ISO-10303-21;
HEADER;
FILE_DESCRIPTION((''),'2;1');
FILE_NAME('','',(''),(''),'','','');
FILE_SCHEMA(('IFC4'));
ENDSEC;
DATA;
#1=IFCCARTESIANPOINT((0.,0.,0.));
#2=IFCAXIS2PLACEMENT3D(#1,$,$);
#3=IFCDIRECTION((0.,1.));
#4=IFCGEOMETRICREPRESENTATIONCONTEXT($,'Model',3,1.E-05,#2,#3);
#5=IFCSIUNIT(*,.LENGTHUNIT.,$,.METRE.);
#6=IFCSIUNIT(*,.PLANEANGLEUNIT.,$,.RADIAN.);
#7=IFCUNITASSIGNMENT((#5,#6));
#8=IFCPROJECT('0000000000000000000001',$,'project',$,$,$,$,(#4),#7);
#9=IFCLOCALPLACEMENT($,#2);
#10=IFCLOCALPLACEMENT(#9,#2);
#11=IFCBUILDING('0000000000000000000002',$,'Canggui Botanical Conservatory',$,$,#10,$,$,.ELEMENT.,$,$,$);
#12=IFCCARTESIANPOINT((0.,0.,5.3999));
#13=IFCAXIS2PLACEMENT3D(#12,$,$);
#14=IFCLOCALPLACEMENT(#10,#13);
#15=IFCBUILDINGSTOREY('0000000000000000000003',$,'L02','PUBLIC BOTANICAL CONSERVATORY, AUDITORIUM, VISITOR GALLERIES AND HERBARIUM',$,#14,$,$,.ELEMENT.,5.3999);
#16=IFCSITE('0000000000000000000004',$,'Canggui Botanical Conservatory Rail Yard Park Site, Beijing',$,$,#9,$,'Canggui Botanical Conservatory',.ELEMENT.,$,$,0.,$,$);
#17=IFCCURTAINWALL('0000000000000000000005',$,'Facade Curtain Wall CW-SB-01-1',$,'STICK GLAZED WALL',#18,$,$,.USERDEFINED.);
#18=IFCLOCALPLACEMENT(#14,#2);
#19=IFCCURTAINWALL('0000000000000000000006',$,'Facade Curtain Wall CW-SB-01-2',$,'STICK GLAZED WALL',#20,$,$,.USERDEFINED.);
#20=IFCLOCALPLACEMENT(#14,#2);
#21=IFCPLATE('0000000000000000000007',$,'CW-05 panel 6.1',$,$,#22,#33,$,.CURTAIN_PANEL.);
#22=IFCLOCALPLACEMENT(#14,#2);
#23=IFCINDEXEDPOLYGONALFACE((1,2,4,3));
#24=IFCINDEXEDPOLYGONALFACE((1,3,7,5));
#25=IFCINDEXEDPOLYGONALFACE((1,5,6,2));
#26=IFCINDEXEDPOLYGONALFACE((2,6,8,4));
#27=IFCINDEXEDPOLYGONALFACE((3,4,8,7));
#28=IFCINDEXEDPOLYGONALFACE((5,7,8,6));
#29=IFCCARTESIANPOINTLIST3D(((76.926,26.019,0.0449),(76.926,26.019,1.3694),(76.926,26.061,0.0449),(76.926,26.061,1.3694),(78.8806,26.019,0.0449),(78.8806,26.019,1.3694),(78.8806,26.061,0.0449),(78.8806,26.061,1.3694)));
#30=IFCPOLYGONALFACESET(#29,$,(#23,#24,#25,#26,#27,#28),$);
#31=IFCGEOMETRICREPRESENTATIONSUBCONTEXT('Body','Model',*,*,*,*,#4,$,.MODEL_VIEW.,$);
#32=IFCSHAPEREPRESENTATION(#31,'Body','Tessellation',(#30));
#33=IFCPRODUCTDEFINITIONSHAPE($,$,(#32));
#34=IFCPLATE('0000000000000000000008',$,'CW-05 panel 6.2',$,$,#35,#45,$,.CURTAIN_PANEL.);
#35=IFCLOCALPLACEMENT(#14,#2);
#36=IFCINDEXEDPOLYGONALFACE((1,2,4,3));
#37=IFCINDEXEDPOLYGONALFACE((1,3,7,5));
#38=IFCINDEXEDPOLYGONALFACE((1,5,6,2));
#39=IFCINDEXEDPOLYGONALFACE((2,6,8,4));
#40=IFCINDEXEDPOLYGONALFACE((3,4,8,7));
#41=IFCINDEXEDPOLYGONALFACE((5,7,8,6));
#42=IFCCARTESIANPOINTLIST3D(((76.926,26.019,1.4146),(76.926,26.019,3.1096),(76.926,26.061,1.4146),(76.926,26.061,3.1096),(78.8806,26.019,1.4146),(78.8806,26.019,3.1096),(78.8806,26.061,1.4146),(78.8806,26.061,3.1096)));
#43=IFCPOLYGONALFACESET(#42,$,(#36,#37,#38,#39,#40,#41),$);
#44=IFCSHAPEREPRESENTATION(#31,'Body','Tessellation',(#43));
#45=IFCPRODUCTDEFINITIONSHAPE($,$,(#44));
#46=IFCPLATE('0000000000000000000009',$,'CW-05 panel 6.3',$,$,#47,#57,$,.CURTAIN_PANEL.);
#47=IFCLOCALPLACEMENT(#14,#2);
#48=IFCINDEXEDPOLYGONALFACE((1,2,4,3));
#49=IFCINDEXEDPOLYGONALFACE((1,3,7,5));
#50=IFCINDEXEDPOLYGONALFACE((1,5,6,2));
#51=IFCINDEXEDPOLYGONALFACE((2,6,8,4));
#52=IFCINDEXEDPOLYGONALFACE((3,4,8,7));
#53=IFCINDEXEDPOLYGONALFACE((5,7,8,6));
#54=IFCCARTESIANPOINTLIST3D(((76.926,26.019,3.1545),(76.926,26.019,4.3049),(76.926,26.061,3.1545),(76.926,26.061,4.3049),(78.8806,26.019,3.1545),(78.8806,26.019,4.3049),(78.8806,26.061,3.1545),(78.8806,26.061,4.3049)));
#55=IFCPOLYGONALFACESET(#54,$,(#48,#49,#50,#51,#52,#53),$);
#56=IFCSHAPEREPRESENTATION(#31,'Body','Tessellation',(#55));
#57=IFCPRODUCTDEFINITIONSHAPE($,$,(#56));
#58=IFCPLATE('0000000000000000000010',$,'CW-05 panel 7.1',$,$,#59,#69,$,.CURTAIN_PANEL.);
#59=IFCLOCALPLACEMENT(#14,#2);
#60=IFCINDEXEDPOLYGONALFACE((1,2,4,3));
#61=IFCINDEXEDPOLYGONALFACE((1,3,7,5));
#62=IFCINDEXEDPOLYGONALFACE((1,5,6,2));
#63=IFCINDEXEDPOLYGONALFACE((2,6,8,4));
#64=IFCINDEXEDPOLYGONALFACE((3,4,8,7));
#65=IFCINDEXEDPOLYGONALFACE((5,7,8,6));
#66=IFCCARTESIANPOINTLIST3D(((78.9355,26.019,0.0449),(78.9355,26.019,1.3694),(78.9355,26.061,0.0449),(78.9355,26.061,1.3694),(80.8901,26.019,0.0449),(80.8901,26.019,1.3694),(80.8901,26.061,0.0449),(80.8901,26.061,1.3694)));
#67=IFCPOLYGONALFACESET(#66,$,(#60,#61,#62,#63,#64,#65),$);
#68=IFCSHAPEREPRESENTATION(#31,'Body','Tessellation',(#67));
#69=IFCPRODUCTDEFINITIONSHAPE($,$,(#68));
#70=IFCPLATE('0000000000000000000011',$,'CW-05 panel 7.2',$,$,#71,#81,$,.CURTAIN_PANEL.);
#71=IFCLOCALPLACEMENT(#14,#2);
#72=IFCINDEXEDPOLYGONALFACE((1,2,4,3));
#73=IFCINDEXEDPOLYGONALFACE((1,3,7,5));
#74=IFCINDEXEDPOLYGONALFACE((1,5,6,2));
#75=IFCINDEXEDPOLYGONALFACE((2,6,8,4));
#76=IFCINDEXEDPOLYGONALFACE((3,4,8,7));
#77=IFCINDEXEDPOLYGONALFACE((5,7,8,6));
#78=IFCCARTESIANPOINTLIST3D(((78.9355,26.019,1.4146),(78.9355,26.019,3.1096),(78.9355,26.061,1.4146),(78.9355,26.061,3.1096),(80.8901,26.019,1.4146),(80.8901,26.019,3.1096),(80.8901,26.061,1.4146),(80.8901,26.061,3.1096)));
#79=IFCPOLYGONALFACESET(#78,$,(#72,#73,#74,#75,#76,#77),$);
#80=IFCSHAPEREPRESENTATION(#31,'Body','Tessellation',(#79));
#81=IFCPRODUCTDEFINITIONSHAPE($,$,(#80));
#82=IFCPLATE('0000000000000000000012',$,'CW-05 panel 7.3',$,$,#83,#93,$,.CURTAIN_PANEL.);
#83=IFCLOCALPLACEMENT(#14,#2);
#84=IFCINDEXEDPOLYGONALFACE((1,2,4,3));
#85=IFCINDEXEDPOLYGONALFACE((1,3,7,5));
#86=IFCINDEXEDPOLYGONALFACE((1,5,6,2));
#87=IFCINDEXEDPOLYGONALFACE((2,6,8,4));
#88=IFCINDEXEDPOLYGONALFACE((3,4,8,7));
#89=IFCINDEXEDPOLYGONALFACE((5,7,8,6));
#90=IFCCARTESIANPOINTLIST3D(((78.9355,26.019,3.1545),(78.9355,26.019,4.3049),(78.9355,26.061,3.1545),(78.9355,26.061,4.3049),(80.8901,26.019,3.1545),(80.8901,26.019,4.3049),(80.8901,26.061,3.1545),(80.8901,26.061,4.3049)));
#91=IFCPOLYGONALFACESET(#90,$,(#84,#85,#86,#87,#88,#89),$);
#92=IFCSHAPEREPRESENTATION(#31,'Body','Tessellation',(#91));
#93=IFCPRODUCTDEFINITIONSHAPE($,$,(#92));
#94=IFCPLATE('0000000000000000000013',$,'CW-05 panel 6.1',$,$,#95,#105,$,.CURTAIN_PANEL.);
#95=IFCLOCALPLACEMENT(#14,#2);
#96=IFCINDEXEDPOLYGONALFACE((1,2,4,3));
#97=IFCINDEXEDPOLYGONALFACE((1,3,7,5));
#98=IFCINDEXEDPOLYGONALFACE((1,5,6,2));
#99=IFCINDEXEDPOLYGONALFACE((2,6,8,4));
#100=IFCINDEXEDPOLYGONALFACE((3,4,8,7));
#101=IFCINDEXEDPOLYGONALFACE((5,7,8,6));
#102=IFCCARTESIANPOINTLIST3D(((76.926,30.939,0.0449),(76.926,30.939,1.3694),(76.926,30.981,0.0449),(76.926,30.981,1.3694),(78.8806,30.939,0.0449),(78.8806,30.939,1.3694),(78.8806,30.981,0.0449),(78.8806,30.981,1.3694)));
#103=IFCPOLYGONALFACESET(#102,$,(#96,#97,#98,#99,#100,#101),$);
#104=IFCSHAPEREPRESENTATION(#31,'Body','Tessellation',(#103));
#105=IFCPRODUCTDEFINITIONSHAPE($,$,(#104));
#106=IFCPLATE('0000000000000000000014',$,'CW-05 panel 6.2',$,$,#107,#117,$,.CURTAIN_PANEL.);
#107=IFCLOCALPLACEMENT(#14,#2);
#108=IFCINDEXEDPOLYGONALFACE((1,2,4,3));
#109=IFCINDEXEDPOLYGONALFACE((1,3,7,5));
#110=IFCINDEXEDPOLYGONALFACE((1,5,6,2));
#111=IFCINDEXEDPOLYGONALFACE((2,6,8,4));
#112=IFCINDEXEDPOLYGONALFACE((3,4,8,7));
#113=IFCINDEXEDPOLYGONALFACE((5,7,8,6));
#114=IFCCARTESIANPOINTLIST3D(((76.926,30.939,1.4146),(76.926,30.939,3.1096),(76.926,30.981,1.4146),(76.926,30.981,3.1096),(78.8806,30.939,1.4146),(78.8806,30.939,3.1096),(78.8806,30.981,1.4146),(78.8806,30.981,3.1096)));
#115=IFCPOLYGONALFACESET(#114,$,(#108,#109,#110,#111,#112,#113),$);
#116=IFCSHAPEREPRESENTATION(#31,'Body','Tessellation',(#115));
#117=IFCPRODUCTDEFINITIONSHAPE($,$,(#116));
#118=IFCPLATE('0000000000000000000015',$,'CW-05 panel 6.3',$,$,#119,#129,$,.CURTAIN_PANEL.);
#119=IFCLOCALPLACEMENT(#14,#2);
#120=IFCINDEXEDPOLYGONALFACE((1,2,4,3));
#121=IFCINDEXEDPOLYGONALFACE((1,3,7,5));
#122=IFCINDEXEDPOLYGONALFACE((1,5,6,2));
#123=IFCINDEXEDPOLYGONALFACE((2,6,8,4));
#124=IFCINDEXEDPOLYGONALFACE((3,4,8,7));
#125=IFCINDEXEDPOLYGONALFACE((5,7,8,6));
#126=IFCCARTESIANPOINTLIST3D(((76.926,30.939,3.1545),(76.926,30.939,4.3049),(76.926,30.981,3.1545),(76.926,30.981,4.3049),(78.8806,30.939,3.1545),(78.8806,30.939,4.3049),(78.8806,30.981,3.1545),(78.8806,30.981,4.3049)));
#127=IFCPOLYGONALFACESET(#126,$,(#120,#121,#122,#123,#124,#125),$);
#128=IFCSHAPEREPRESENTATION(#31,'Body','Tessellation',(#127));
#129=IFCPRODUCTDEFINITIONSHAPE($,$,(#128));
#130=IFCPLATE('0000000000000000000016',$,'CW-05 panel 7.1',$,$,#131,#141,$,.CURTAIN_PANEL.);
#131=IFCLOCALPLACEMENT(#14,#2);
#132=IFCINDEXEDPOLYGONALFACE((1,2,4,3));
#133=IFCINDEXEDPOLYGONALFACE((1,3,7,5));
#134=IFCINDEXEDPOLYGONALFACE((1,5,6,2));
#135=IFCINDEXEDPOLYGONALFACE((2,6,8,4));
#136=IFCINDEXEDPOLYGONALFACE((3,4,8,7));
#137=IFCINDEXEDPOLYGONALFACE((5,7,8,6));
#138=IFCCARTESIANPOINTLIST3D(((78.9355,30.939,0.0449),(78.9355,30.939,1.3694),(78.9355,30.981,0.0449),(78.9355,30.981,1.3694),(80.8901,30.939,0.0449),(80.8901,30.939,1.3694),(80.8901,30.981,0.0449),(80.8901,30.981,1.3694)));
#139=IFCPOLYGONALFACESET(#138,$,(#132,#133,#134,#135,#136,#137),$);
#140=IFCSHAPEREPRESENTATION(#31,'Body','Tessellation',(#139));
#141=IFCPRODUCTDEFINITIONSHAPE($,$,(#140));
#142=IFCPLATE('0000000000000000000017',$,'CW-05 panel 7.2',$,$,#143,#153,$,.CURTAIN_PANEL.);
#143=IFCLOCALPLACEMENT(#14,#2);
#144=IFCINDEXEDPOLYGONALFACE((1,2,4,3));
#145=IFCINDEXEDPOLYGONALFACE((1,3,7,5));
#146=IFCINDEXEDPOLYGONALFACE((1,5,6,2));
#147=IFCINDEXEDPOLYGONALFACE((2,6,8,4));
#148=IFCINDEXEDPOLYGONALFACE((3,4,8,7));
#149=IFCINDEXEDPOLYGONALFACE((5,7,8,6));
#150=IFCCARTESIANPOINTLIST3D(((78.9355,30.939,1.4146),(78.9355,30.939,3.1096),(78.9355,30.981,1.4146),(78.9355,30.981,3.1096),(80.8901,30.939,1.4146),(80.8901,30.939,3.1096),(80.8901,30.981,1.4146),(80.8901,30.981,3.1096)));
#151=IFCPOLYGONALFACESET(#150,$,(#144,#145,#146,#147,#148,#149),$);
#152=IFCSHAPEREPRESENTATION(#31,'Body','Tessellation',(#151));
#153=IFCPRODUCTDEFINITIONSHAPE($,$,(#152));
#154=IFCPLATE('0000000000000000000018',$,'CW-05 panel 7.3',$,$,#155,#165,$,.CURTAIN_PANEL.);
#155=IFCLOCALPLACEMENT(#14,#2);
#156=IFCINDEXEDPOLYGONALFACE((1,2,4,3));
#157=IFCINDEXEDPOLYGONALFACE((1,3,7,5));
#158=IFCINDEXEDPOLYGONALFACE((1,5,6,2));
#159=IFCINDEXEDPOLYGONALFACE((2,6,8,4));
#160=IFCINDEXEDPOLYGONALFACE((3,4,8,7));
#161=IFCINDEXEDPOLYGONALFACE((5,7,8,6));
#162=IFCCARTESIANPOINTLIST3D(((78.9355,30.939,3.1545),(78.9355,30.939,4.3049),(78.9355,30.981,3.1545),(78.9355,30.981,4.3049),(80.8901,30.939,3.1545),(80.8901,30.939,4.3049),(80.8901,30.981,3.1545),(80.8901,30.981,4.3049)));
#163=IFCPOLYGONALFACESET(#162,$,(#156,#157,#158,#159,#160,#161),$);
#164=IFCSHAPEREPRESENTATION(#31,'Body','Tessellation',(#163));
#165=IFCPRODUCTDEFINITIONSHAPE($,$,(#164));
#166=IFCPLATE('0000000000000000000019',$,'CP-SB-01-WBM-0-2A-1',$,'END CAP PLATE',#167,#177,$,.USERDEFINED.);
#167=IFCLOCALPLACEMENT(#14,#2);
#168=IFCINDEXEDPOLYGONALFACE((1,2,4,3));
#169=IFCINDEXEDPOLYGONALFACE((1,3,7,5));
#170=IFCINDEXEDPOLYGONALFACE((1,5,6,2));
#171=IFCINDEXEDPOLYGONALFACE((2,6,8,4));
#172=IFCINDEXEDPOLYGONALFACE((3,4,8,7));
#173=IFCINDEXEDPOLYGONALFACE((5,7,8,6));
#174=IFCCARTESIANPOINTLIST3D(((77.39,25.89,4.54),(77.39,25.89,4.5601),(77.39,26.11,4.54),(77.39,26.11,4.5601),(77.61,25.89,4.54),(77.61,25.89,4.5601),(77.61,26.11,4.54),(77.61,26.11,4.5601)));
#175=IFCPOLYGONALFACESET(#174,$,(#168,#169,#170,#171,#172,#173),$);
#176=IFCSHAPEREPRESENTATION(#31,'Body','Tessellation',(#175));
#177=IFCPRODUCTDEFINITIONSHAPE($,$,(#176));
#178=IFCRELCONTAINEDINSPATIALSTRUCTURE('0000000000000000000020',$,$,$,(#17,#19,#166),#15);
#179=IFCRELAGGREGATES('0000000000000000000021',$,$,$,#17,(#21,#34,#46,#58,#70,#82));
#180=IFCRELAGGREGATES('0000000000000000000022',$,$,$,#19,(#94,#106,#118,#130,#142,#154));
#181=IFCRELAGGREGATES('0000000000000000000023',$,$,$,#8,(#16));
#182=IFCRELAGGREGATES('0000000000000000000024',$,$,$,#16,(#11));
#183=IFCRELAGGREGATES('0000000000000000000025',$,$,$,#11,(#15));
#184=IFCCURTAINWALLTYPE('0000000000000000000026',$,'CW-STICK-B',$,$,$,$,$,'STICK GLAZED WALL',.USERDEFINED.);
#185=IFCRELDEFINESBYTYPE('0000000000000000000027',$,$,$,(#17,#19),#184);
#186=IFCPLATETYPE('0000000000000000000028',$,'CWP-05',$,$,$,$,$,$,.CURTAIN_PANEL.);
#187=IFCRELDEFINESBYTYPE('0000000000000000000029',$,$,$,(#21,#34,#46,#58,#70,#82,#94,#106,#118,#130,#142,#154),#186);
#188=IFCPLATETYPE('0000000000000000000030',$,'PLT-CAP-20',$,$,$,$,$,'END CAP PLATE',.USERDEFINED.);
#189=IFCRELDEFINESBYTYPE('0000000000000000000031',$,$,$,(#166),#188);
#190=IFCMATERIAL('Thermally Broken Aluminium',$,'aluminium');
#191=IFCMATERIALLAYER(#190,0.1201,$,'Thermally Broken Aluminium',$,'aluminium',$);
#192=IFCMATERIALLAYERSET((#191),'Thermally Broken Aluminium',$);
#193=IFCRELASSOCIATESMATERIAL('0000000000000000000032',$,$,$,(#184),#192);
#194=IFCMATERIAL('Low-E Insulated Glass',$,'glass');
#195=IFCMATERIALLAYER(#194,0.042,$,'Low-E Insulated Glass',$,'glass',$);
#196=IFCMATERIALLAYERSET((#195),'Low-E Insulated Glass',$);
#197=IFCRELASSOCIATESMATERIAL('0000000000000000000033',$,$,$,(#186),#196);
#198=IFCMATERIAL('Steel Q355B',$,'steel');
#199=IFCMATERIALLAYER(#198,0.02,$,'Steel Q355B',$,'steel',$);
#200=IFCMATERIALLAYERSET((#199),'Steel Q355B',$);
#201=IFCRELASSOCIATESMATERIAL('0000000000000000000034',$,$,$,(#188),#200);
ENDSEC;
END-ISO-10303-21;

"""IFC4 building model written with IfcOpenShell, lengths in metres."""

from ifc_helpers import new_model, si_unit, direction, frame, origin, origin_2d, place, context, subcontext, project, spatial, rectangle, extrude, material, layer, layer_set, type_object, element, aggregate, save


model = new_model("IFC4")

# Units and contexts
model_context = context("Model", 3, precision=1e-05, world=origin(), true_north=direction((0.0, 1.0)))
body_context = subcontext(model_context, "Body", "Model", "MODEL_VIEW")
ifc_project = project(units=[si_unit("LENGTHUNIT", "METRE"), si_unit("PLANEANGLEUNIT", "RADIAN")], contexts=[model_context])

# Site, building, storey
site_placement = place(None, origin())
site = spatial("IfcSite", under=ifc_project, at=site_placement, Name="Canggui Botanical Conservatory Rail Yard Park Site, Beijing", LongName="Canggui Botanical Conservatory", CompositionType="ELEMENT", RefElevation=0.0)
building_placement = place(site_placement, origin())
building = spatial("IfcBuilding", under=site, at=building_placement, Name="Canggui Botanical Conservatory", CompositionType="ELEMENT")
storey_placement = place(building_placement, frame((0.0, 0.0, 5.3999)))
storey = spatial("IfcBuildingStorey", under=building, at=storey_placement, Name="L02", Description="PUBLIC BOTANICAL CONSERVATORY, AUDITORIUM, VISITOR GALLERIES AND HERBARIUM", CompositionType="ELEMENT", Elevation=5.3999)

# Curtain walls
ifc_material_1 = material(Name="Thermally Broken Aluminium", Category="aluminium")
ifc_layer_1 = layer(ifc_material_1, 0.1201, Name="Thermally Broken Aluminium", Category="aluminium")
ifc_layer_set_1 = layer_set([ifc_layer_1], Name="Thermally Broken Aluminium")
curtain_wall_type = type_object("IfcCurtainWallType", Name="CW-STICK-B", ElementType="STICK GLAZED WALL", PredefinedType="USERDEFINED", material=ifc_layer_set_1)
curtain_wall_1_placement = place(storey_placement, origin())
curtain_wall_1 = element("IfcCurtainWall", 1, at=curtain_wall_1_placement, inside=storey, type_object=curtain_wall_type, Name="Facade Curtain Wall CW-SB-01-1", ObjectType="STICK GLAZED WALL", PredefinedType="USERDEFINED")
curtain_wall_2_placement = place(storey_placement, origin())
curtain_wall_2 = element("IfcCurtainWall", 2, at=curtain_wall_2_placement, inside=storey, type_object=curtain_wall_type, Name="Facade Curtain Wall CW-SB-01-2", ObjectType="STICK GLAZED WALL", PredefinedType="USERDEFINED")

# Plates
ifc_material_2 = material(Name="Low-E Insulated Glass", Category="glass")
ifc_layer_2 = layer(ifc_material_2, 0.042, Name="Low-E Insulated Glass", Category="glass")
ifc_layer_set_2 = layer_set([ifc_layer_2], Name="Low-E Insulated Glass")
plate_type_1 = type_object("IfcPlateType", Name="CWP-05", PredefinedType="CURTAIN_PANEL", material=ifc_layer_set_2)
plate_1_placement = place(storey_placement, frame((77.9033, 26.04, 0.0449), z_axis=(0.0, 0.0, 1.0), x_axis=(1.0, 0.0, 0.0)))
plate_1 = element("IfcPlate", 3, at=plate_1_placement, type_object=plate_type_1, Name="CW-05 panel 6.1", PredefinedType="CURTAIN_PANEL", context=body_context, shape_type="SweptSolid", body=[
    extrude(rectangle(XDim=1.9546, YDim=0.042, at=origin_2d()), origin(), (0.0, 0.0, 1.0), 1.3245),
])
plate_2_placement = place(storey_placement, frame((77.9033, 26.04, 1.4146), z_axis=(0.0, 0.0, 1.0), x_axis=(1.0, 0.0, 0.0)))
plate_2 = element("IfcPlate", 4, at=plate_2_placement, type_object=plate_type_1, Name="CW-05 panel 6.2", PredefinedType="CURTAIN_PANEL", context=body_context, shape_type="SweptSolid", body=[
    extrude(rectangle(XDim=1.9546, YDim=0.042, at=origin_2d()), origin(), (0.0, 0.0, 1.0), 1.6951),
])
plate_3_placement = place(storey_placement, frame((77.9033, 26.04, 3.1545), z_axis=(0.0, 0.0, 1.0), x_axis=(1.0, 0.0, 0.0)))
plate_3 = element("IfcPlate", 5, at=plate_3_placement, type_object=plate_type_1, Name="CW-05 panel 6.3", PredefinedType="CURTAIN_PANEL", context=body_context, shape_type="SweptSolid", body=[
    extrude(rectangle(XDim=1.9546, YDim=0.042, at=origin_2d()), origin(), (0.0, 0.0, 1.0), 1.1504),
])
plate_4_placement = place(storey_placement, frame((79.9128, 26.04, 0.0449), z_axis=(0.0, 0.0, 1.0), x_axis=(1.0, 0.0, 0.0)))
plate_4 = element("IfcPlate", 6, at=plate_4_placement, type_object=plate_type_1, Name="CW-05 panel 7.1", PredefinedType="CURTAIN_PANEL", context=body_context, shape_type="SweptSolid", body=[
    extrude(rectangle(XDim=1.9546, YDim=0.042, at=origin_2d()), origin(), (0.0, 0.0, 1.0), 1.3245),
])
plate_5_placement = place(storey_placement, frame((79.9128, 26.04, 1.4146), z_axis=(0.0, 0.0, 1.0), x_axis=(1.0, 0.0, 0.0)))
plate_5 = element("IfcPlate", 7, at=plate_5_placement, type_object=plate_type_1, Name="CW-05 panel 7.2", PredefinedType="CURTAIN_PANEL", context=body_context, shape_type="SweptSolid", body=[
    extrude(rectangle(XDim=1.9546, YDim=0.042, at=origin_2d()), origin(), (0.0, 0.0, 1.0), 1.6951),
])
plate_6_placement = place(storey_placement, frame((79.9128, 26.04, 3.1545), z_axis=(0.0, 0.0, 1.0), x_axis=(1.0, 0.0, 0.0)))
plate_6 = element("IfcPlate", 8, at=plate_6_placement, type_object=plate_type_1, Name="CW-05 panel 7.3", PredefinedType="CURTAIN_PANEL", context=body_context, shape_type="SweptSolid", body=[
    extrude(rectangle(XDim=1.9546, YDim=0.042, at=origin_2d()), origin(), (0.0, 0.0, 1.0), 1.1504),
])
aggregate(curtain_wall_1, [plate_1, plate_2, plate_3, plate_4, plate_5, plate_6])
plate_7_placement = place(storey_placement, frame((77.9033, 30.96, 0.0449), z_axis=(0.0, 0.0, 1.0), x_axis=(1.0, 0.0, 0.0)))
plate_7 = element("IfcPlate", 9, at=plate_7_placement, type_object=plate_type_1, Name="CW-05 panel 6.1", PredefinedType="CURTAIN_PANEL", context=body_context, shape_type="SweptSolid", body=[
    extrude(rectangle(XDim=1.9546, YDim=0.042, at=origin_2d()), origin(), (0.0, 0.0, 1.0), 1.3245),
])
plate_8_placement = place(storey_placement, frame((77.9033, 30.96, 1.4146), z_axis=(0.0, 0.0, 1.0), x_axis=(1.0, 0.0, 0.0)))
plate_8 = element("IfcPlate", 10, at=plate_8_placement, type_object=plate_type_1, Name="CW-05 panel 6.2", PredefinedType="CURTAIN_PANEL", context=body_context, shape_type="SweptSolid", body=[
    extrude(rectangle(XDim=1.9546, YDim=0.042, at=origin_2d()), origin(), (0.0, 0.0, 1.0), 1.6951),
])
plate_9_placement = place(storey_placement, frame((77.9033, 30.96, 3.1545), z_axis=(0.0, 0.0, 1.0), x_axis=(1.0, 0.0, 0.0)))
plate_9 = element("IfcPlate", 11, at=plate_9_placement, type_object=plate_type_1, Name="CW-05 panel 6.3", PredefinedType="CURTAIN_PANEL", context=body_context, shape_type="SweptSolid", body=[
    extrude(rectangle(XDim=1.9546, YDim=0.042, at=origin_2d()), origin(), (0.0, 0.0, 1.0), 1.1504),
])
plate_10_placement = place(storey_placement, frame((79.9128, 30.96, 0.0449), z_axis=(0.0, 0.0, 1.0), x_axis=(1.0, 0.0, 0.0)))
plate_10 = element("IfcPlate", 12, at=plate_10_placement, type_object=plate_type_1, Name="CW-05 panel 7.1", PredefinedType="CURTAIN_PANEL", context=body_context, shape_type="SweptSolid", body=[
    extrude(rectangle(XDim=1.9546, YDim=0.042, at=origin_2d()), origin(), (0.0, 0.0, 1.0), 1.3245),
])
plate_11_placement = place(storey_placement, frame((79.9128, 30.96, 1.4146), z_axis=(0.0, 0.0, 1.0), x_axis=(1.0, 0.0, 0.0)))
plate_11 = element("IfcPlate", 13, at=plate_11_placement, type_object=plate_type_1, Name="CW-05 panel 7.2", PredefinedType="CURTAIN_PANEL", context=body_context, shape_type="SweptSolid", body=[
    extrude(rectangle(XDim=1.9546, YDim=0.042, at=origin_2d()), origin(), (0.0, 0.0, 1.0), 1.6951),
])
plate_12_placement = place(storey_placement, frame((79.9128, 30.96, 3.1545), z_axis=(0.0, 0.0, 1.0), x_axis=(1.0, 0.0, 0.0)))
plate_12 = element("IfcPlate", 14, at=plate_12_placement, type_object=plate_type_1, Name="CW-05 panel 7.3", PredefinedType="CURTAIN_PANEL", context=body_context, shape_type="SweptSolid", body=[
    extrude(rectangle(XDim=1.9546, YDim=0.042, at=origin_2d()), origin(), (0.0, 0.0, 1.0), 1.1504),
])
aggregate(curtain_wall_2, [plate_7, plate_8, plate_9, plate_10, plate_11, plate_12])
ifc_material_3 = material(Name="Steel Q355B", Category="steel")
ifc_layer_3 = layer(ifc_material_3, 0.02, Name="Steel Q355B", Category="steel")
ifc_layer_set_3 = layer_set([ifc_layer_3], Name="Steel Q355B")
plate_type_2 = type_object("IfcPlateType", Name="PLT-CAP-20", ElementType="END CAP PLATE", PredefinedType="USERDEFINED", material=ifc_layer_set_3)
plate_13_placement = place(storey_placement, frame((77.5, 26.0, 4.54), z_axis=(0.0, 0.0, 1.0), x_axis=(1.0, 0.0, 0.0)))
element("IfcPlate", 15, at=plate_13_placement, inside=storey, type_object=plate_type_2, Name="CP-SB-01-WBM-0-2A-1", ObjectType="END CAP PLATE", PredefinedType="USERDEFINED", context=body_context, shape_type="SweptSolid", body=[
    extrude(rectangle(XDim=0.22, YDim=0.22, at=origin_2d()), origin(), (0.0, 0.0, 1.0), 0.02),
])

save(model, "model.ifc")
